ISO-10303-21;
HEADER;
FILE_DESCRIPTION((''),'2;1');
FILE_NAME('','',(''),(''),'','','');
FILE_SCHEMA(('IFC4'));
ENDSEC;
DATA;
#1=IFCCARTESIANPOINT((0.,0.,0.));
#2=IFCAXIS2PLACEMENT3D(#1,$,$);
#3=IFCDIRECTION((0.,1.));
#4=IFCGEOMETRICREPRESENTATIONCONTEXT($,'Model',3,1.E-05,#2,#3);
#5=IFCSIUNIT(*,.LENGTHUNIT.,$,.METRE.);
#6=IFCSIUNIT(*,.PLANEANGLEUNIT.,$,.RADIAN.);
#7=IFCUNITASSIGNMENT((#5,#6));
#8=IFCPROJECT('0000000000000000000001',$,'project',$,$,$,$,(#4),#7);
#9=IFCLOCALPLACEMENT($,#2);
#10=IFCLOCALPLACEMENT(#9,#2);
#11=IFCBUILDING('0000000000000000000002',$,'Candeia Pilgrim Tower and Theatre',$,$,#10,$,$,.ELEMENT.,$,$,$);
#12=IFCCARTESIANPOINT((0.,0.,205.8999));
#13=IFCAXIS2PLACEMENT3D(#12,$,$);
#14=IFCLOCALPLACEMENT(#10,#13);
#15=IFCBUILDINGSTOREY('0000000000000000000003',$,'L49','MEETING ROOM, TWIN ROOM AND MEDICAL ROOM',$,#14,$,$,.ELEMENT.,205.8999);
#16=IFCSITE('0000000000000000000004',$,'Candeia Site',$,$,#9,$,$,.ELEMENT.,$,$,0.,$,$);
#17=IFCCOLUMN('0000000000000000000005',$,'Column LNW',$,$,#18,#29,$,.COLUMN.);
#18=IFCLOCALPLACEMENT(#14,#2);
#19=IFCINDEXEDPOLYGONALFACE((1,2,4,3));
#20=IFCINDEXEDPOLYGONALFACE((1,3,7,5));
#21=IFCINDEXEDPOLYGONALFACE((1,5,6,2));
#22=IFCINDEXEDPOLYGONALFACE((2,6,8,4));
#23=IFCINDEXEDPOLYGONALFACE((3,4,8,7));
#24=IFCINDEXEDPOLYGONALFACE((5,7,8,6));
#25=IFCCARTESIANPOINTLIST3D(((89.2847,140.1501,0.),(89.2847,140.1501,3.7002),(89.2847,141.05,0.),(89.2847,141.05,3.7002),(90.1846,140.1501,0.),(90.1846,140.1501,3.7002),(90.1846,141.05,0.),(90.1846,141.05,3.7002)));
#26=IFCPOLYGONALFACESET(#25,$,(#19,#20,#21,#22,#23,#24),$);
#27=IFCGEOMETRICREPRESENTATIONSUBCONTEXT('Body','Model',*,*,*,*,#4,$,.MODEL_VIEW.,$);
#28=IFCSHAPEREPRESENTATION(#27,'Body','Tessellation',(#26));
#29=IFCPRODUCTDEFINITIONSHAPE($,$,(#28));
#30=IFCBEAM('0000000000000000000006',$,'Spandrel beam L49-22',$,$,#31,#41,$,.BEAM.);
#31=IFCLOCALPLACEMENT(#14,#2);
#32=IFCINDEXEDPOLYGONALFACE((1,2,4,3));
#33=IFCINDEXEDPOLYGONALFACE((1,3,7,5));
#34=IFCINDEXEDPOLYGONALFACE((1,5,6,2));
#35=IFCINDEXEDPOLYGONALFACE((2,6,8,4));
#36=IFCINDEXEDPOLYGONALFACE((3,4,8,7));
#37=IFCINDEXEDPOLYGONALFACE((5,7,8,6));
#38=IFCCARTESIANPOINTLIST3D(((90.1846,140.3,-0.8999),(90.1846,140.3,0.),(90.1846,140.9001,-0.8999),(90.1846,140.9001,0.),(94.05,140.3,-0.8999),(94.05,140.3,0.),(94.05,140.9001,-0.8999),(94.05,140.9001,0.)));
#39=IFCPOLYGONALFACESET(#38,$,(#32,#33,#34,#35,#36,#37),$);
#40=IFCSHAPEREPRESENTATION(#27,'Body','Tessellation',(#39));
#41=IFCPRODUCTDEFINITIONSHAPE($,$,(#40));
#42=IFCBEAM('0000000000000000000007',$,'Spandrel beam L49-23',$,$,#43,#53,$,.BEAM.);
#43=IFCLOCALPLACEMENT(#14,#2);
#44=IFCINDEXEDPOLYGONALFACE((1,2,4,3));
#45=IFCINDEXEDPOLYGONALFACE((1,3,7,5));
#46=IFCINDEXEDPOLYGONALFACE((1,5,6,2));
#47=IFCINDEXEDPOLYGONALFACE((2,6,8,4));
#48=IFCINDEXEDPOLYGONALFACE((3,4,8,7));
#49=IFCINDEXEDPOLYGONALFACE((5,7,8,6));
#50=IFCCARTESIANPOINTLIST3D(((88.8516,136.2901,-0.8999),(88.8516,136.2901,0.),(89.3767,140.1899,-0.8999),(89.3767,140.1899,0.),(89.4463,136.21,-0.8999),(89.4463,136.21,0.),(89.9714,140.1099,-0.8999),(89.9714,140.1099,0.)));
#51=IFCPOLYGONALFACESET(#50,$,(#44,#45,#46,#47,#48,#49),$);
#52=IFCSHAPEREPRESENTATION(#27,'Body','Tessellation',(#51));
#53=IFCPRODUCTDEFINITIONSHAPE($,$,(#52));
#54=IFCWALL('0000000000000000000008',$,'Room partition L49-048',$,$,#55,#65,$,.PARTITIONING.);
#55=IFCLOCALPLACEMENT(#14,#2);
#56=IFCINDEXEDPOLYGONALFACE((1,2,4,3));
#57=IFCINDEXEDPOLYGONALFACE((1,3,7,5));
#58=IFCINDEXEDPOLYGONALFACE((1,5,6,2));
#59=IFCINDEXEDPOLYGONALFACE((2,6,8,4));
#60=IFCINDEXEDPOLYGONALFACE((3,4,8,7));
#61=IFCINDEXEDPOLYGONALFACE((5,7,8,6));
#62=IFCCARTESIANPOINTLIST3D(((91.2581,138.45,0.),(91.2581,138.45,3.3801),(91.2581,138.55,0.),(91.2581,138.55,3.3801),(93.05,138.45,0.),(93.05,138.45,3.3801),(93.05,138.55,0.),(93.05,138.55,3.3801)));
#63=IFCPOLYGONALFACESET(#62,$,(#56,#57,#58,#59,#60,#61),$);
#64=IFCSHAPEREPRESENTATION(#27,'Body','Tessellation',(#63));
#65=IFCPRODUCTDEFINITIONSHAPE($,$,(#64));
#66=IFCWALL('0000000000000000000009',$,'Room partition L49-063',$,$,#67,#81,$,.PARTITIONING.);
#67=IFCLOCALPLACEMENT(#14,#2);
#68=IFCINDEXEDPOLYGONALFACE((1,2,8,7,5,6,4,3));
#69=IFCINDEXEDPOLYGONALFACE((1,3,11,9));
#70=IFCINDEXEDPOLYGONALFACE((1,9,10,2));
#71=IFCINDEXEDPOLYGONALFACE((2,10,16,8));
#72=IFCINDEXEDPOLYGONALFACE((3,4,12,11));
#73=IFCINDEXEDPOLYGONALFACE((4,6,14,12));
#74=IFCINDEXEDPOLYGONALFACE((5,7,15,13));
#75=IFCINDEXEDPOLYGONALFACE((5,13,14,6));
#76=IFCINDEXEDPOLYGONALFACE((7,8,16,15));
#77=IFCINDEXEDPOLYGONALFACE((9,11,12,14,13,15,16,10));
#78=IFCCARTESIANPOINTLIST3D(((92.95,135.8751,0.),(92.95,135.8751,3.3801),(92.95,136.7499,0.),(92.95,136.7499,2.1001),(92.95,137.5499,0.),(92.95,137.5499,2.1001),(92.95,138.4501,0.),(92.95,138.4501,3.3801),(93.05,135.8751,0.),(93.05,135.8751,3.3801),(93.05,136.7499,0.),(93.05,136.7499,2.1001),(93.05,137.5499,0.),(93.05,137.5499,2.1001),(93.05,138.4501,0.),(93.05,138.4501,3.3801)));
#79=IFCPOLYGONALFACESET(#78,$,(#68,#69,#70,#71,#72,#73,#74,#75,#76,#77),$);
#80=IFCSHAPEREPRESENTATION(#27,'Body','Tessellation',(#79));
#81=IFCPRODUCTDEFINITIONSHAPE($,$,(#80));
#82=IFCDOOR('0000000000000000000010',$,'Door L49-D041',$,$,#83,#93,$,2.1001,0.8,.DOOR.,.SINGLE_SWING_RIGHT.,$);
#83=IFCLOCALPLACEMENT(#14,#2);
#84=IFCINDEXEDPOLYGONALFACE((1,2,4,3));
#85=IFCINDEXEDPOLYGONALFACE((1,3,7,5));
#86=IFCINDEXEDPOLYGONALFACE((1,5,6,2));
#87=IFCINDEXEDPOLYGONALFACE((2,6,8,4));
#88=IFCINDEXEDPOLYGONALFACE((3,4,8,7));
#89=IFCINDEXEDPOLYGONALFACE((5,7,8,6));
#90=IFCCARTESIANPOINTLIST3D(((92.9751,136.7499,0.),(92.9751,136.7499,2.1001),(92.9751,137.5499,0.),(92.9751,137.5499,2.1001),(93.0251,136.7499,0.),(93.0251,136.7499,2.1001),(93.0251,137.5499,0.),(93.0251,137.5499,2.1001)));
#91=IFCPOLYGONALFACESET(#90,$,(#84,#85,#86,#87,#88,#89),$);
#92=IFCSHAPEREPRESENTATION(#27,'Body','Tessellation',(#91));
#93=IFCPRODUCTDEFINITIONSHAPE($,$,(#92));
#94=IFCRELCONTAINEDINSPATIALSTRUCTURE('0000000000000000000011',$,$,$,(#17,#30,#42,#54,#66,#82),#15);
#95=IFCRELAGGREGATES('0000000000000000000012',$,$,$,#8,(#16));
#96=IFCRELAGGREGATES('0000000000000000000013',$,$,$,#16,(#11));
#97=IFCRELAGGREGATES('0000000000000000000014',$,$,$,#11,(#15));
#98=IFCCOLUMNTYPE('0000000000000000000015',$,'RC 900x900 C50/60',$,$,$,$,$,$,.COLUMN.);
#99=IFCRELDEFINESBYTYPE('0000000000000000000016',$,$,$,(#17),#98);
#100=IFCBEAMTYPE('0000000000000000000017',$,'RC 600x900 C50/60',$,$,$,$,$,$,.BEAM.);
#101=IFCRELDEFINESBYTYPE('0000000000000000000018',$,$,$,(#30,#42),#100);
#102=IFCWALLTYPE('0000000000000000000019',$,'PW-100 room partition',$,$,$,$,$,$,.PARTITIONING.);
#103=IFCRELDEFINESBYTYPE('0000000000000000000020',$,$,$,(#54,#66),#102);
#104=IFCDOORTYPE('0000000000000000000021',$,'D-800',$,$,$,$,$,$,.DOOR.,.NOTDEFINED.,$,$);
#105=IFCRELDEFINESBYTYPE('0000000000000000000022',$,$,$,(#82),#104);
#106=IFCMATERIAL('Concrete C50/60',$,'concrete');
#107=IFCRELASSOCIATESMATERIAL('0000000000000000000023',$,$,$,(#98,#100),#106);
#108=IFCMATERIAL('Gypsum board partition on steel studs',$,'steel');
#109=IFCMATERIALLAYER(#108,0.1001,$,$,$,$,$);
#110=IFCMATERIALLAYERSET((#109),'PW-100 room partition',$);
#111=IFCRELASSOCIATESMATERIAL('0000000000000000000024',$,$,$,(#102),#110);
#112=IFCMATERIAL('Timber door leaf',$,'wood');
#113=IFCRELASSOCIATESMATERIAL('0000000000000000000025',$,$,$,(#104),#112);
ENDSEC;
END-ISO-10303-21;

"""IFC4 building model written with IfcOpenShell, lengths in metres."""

from ifc_helpers import new_model, si_unit, direction, frame, frame_2d, origin, origin_2d, place, context, subcontext, project, spatial, rectangle, extrude, material, layer, layer_set, material_profile, profile_set, type_object, element, fill, save


model = new_model("IFC4")

# Units and contexts
model_context = context("Model", 3, precision=1e-05, world=origin(), true_north=direction((0.0, 1.0)))
body_context = subcontext(model_context, "Body", "Model", "MODEL_VIEW")
ifc_project = project(units=[si_unit("LENGTHUNIT", "METRE"), si_unit("PLANEANGLEUNIT", "RADIAN")], contexts=[model_context])

# Site, building, storey
site_placement = place(None, origin())
site = spatial("IfcSite", under=ifc_project, at=site_placement, Name="Candeia Site", CompositionType="ELEMENT", RefElevation=0.0)
building_placement = place(site_placement, origin())
building = spatial("IfcBuilding", under=site, at=building_placement, Name="Candeia Pilgrim Tower and Theatre", CompositionType="ELEMENT")
storey_placement = place(building_placement, frame((0.0, 0.0, 205.8999)))
storey = spatial("IfcBuildingStorey", under=building, at=storey_placement, Name="L49", Description="MEETING ROOM, TWIN ROOM AND MEDICAL ROOM", CompositionType="ELEMENT", Elevation=205.8999)

# Column
ifc_material_1 = material(Name="Concrete C50/60", Category="concrete")
ifc_material_profile_1 = material_profile(ifc_material_1, rectangle(XDim=0.8999, YDim=0.8999, at=origin_2d()))
ifc_profile_set_1 = profile_set([ifc_material_profile_1], Name="Concrete C50/60")
column_type = type_object("IfcColumnType", Name="RC 900x900 C50/60", PredefinedType="COLUMN", material=ifc_profile_set_1)
column_placement = place(storey_placement, frame((89.7346, 140.6001, 0.0), z_axis=(0.0, 0.0, 1.0), x_axis=(1.0, 0.0, 0.0)))
element("IfcColumn", 1, at=column_placement, inside=storey, type_object=column_type, Name="Column LNW", PredefinedType="COLUMN", context=body_context, shape_type="SweptSolid", body=[
    extrude(rectangle(XDim=0.8999, YDim=0.8999, at=origin_2d()), origin(), (0.0, 0.0, 1.0), 3.7002),
])

# Beams
ifc_material_profile_2 = material_profile(ifc_material_1, rectangle(XDim=0.6001, YDim=0.8999, at=origin_2d()))
ifc_profile_set_2 = profile_set([ifc_material_profile_2], Name="Concrete C50/60")
beam_type = type_object("IfcBeamType", Name="RC 600x900 C50/60", PredefinedType="BEAM", material=ifc_profile_set_2)
beam_1_placement = place(storey_placement, frame((94.05, 140.6001, -0.45), z_axis=(-1.0, 0.0, 0.0), x_axis=(0.0, -1.0, 0.0)))
element("IfcBeam", 2, at=beam_1_placement, inside=storey, type_object=beam_type, Name="Spandrel beam L49-22", PredefinedType="BEAM", context=body_context, shape_type="SweptSolid", body=[
    extrude(rectangle(XDim=0.6001, YDim=0.8999, at=origin_2d()), origin(), (0.0, 0.0, 1.0), 3.8655),
])
beam_2_placement = place(storey_placement, frame((89.6741, 140.1499, -0.45), z_axis=(-0.133452, -0.991055, 0.0), x_axis=(0.991055, -0.133452, 0.0)))
element("IfcBeam", 3, at=beam_2_placement, inside=storey, type_object=beam_type, Name="Spandrel beam L49-23", PredefinedType="BEAM", context=body_context, shape_type="SweptSolid", body=[
    extrude(rectangle(XDim=0.6001, YDim=0.8999, at=origin_2d()), origin(), (0.0, 0.0, 1.0), 3.9351),
])

# Wall
ifc_material_2 = material(Name="Gypsum board partition on steel studs", Category="steel")
ifc_layer_1 = layer(ifc_material_2, 0.1001)
ifc_layer_set_1 = layer_set([ifc_layer_1], Name="PW-100 room partition")
wall_type_1 = type_object("IfcWallType", Name="PW-100 room partition", PredefinedType="PARTITIONING", material=ifc_layer_set_1)
wall_1_placement = place(storey_placement, frame((91.2581, 138.5, 0.0), z_axis=(0.0, 0.0, 1.0), x_axis=(1.0, 0.0, 0.0)))
element("IfcWall", 4, at=wall_1_placement, inside=storey, type_object=wall_type_1, Name="Room partition L49-048", PredefinedType="PARTITIONING", context=body_context, shape_type="SweptSolid", body=[
    extrude(rectangle(XDim=1.792, YDim=0.1001, at=frame_2d((0.896, 0.0))), origin(), (0.0, 0.0, 1.0), 3.3801),
])

# Wall, opening, door
wall_2_placement = place(storey_placement, frame((93.0, 135.875, 0.0), z_axis=(0.0, 0.0, 1.0), x_axis=(0.0, 1.0, 0.0)))
wall_2 = element("IfcWall", 5, at=wall_2_placement, inside=storey, type_object=wall_type_1, Name="Room partition L49-063", PredefinedType="PARTITIONING", context=body_context, shape_type="SweptSolid", body=[
    extrude(rectangle(XDim=2.575, YDim=0.1001, at=frame_2d((1.2876, 0.0))), origin(), (0.0, 0.0, 1.0), 3.3801),
])
opening_1_placement = place(wall_2_placement, frame((0.875, 0.0, 0.0)))
opening_1 = element("IfcOpeningElement", 6, at=opening_1_placement, cuts=wall_2, PredefinedType="OPENING", context=body_context, shape_type="SweptSolid", body=[
    extrude(rectangle(XDim=0.8, YDim=2.1001, at=frame_2d((0.3999, 1.05))), frame((0.0, 0.0601, 0.0), z_axis=(0.0, -1.0, 0.0), x_axis=(1.0, 0.0, 0.0)), (0.0, 0.0, 1.0), 0.1201),
])
ifc_material_3 = material(Name="Timber door leaf", Category="wood")
door_type_1 = type_object("IfcDoorType", Name="D-800", OperationType="NOTDEFINED", PredefinedType="DOOR", material=ifc_material_3)
door_1_placement = place(opening_1_placement, origin())
door_1 = element("IfcDoor", 7, at=door_1_placement, inside=storey, type_object=door_type_1, Name="Door L49-D041", OperationType="SINGLE_SWING_RIGHT", OverallHeight=2.1001, OverallWidth=0.8, PredefinedType="DOOR", context=body_context, shape_type="SweptSolid", body=[
    extrude(rectangle(XDim=0.8, YDim=2.1001, at=frame_2d((0.3999, 1.05))), frame((0.0, 0.0249, 0.0), z_axis=(0.0, -1.0, 0.0), x_axis=(1.0, 0.0, 0.0)), (0.0, 0.0, 1.0), 0.05),
])
fill(opening_1, door_1)

save(model, "model.ifc")
